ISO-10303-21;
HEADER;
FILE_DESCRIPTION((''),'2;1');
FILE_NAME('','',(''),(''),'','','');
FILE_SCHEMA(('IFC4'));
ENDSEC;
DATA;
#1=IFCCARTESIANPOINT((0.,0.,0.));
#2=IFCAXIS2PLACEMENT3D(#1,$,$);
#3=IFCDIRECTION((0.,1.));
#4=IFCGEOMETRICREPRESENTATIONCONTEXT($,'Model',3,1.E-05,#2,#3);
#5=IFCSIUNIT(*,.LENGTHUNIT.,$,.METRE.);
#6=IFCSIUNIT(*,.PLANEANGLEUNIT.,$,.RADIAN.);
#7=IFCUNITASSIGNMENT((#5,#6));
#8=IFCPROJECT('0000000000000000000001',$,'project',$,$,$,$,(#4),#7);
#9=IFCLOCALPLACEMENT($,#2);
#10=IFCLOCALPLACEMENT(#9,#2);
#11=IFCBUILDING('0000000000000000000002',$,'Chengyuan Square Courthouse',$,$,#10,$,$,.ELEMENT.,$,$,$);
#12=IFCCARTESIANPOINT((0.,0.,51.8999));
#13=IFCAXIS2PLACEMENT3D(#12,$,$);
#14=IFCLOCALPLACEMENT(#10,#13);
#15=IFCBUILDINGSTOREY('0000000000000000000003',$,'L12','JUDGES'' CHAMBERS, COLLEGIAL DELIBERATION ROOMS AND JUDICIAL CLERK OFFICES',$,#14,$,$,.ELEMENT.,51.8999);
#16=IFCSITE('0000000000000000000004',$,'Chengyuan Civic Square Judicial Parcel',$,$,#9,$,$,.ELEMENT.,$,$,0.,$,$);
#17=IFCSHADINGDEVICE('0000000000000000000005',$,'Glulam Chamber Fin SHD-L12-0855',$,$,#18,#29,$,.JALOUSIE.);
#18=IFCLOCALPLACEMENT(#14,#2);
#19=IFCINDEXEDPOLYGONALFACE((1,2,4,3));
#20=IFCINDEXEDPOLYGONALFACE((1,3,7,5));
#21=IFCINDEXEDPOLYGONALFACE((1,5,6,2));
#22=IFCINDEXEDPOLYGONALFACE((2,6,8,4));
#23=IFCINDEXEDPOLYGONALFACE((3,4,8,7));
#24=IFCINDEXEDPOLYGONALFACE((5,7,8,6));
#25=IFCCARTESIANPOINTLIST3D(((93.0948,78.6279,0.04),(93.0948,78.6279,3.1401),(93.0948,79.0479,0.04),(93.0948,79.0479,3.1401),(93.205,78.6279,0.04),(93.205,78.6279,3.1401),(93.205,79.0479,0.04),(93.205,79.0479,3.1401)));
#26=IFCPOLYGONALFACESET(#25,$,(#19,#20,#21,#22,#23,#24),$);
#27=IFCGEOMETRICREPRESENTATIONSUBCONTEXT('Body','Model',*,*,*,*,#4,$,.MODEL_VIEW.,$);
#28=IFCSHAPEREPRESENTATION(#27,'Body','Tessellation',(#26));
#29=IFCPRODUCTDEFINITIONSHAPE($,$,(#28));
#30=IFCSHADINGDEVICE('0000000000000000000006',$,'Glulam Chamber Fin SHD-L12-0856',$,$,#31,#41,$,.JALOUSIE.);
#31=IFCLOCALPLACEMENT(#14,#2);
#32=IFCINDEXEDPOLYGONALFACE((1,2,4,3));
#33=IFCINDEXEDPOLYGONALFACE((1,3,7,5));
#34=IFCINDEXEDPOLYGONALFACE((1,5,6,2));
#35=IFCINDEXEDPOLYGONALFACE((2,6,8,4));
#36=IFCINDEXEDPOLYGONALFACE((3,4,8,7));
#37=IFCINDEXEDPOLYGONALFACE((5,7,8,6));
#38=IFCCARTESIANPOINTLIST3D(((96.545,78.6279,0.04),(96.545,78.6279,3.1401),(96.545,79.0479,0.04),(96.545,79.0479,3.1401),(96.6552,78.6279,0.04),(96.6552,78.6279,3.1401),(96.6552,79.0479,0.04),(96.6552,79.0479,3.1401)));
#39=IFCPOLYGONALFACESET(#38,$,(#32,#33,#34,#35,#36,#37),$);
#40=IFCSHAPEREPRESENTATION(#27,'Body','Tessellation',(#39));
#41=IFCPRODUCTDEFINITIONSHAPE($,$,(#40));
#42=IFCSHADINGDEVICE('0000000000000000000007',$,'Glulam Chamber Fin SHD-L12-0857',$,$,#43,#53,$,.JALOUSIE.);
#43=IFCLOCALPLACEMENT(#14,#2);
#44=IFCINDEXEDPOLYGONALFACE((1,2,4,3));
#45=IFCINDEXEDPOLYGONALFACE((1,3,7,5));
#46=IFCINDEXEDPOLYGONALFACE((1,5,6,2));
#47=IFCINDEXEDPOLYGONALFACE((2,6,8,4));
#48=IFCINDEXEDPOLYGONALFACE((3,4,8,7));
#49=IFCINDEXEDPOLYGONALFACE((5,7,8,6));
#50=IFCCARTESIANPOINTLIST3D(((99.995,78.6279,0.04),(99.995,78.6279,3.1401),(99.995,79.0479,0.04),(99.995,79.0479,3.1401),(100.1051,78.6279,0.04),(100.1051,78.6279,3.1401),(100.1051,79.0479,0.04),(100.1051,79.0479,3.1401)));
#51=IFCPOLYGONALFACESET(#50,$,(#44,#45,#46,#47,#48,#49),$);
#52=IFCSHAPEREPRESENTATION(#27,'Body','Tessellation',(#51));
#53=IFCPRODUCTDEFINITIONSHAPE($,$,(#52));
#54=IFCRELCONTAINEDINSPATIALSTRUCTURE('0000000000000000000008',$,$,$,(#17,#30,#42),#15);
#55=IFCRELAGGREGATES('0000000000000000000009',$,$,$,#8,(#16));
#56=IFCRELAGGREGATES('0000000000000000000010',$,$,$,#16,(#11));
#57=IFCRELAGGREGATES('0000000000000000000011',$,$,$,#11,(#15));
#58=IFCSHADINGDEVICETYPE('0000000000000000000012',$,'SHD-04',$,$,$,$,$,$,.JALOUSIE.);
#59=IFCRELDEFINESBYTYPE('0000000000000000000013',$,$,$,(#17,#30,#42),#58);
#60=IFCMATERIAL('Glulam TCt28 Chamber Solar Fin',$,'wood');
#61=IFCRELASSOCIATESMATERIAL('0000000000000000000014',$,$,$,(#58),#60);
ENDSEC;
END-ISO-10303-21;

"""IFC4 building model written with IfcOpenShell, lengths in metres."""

from ifc_helpers import new_model, si_unit, direction, frame, origin, origin_2d, place, context, subcontext, project, spatial, rectangle, extrude, material, type_object, element, save


model = new_model("IFC4")

# Units and contexts
model_context = context("Model", 3, precision=1e-05, world=origin(), true_north=direction((0.0, 1.0)))
body_context = subcontext(model_context, "Body", "Model", "MODEL_VIEW")
ifc_project = project(units=[si_unit("LENGTHUNIT", "METRE"), si_unit("PLANEANGLEUNIT", "RADIAN")], contexts=[model_context])

# Site, building, storey
site_placement = place(None, origin())
site = spatial("IfcSite", under=ifc_project, at=site_placement, Name="Chengyuan Civic Square Judicial Parcel", CompositionType="ELEMENT", RefElevation=0.0)
building_placement = place(site_placement, origin())
building = spatial("IfcBuilding", under=site, at=building_placement, Name="Chengyuan Square Courthouse", CompositionType="ELEMENT")
storey_placement = place(building_placement, frame((0.0, 0.0, 51.8999)))
storey = spatial("IfcBuildingStorey", under=building, at=storey_placement, Name="L12", Description="JUDGES' CHAMBERS, COLLEGIAL DELIBERATION ROOMS AND JUDICIAL CLERK OFFICES", CompositionType="ELEMENT", Elevation=51.8999)

# Shading devices
ifc_material_1 = material(Name="Glulam TCt28 Chamber Solar Fin", Category="wood")
shading_device_type_1 = type_object("IfcShadingDeviceType", Name="SHD-04", PredefinedType="JALOUSIE", material=ifc_material_1)
for number, where, z_axis, x_axis, name in (
    (1, (93.1499, 78.8379, 0.04), (0.0, 0.0, 1.0), (0.0, 1.0, 0.0), "Glulam Chamber Fin SHD-L12-0855"),
    (2, (96.6001, 78.8379, 0.04), (0.0, 0.0, 1.0), (0.0, 1.0, 0.0), "Glulam Chamber Fin SHD-L12-0856"),
    (3, (100.05, 78.8379, 0.04), (0.0, 0.0, 1.0), (0.0, 1.0, 0.0), "Glulam Chamber Fin SHD-L12-0857"),
):
    element("IfcShadingDevice", number, at=place(storey_placement, frame(where, z_axis=z_axis, x_axis=x_axis)), inside=storey, type_object=shading_device_type_1, Name=name, PredefinedType="JALOUSIE", context=body_context, shape_type="SweptSolid", body=[
        extrude(rectangle(XDim=0.4199, YDim=0.1101, at=origin_2d()), origin(), (0.0, 0.0, 1.0), 3.1001),
    ])

save(model, "model.ifc")
